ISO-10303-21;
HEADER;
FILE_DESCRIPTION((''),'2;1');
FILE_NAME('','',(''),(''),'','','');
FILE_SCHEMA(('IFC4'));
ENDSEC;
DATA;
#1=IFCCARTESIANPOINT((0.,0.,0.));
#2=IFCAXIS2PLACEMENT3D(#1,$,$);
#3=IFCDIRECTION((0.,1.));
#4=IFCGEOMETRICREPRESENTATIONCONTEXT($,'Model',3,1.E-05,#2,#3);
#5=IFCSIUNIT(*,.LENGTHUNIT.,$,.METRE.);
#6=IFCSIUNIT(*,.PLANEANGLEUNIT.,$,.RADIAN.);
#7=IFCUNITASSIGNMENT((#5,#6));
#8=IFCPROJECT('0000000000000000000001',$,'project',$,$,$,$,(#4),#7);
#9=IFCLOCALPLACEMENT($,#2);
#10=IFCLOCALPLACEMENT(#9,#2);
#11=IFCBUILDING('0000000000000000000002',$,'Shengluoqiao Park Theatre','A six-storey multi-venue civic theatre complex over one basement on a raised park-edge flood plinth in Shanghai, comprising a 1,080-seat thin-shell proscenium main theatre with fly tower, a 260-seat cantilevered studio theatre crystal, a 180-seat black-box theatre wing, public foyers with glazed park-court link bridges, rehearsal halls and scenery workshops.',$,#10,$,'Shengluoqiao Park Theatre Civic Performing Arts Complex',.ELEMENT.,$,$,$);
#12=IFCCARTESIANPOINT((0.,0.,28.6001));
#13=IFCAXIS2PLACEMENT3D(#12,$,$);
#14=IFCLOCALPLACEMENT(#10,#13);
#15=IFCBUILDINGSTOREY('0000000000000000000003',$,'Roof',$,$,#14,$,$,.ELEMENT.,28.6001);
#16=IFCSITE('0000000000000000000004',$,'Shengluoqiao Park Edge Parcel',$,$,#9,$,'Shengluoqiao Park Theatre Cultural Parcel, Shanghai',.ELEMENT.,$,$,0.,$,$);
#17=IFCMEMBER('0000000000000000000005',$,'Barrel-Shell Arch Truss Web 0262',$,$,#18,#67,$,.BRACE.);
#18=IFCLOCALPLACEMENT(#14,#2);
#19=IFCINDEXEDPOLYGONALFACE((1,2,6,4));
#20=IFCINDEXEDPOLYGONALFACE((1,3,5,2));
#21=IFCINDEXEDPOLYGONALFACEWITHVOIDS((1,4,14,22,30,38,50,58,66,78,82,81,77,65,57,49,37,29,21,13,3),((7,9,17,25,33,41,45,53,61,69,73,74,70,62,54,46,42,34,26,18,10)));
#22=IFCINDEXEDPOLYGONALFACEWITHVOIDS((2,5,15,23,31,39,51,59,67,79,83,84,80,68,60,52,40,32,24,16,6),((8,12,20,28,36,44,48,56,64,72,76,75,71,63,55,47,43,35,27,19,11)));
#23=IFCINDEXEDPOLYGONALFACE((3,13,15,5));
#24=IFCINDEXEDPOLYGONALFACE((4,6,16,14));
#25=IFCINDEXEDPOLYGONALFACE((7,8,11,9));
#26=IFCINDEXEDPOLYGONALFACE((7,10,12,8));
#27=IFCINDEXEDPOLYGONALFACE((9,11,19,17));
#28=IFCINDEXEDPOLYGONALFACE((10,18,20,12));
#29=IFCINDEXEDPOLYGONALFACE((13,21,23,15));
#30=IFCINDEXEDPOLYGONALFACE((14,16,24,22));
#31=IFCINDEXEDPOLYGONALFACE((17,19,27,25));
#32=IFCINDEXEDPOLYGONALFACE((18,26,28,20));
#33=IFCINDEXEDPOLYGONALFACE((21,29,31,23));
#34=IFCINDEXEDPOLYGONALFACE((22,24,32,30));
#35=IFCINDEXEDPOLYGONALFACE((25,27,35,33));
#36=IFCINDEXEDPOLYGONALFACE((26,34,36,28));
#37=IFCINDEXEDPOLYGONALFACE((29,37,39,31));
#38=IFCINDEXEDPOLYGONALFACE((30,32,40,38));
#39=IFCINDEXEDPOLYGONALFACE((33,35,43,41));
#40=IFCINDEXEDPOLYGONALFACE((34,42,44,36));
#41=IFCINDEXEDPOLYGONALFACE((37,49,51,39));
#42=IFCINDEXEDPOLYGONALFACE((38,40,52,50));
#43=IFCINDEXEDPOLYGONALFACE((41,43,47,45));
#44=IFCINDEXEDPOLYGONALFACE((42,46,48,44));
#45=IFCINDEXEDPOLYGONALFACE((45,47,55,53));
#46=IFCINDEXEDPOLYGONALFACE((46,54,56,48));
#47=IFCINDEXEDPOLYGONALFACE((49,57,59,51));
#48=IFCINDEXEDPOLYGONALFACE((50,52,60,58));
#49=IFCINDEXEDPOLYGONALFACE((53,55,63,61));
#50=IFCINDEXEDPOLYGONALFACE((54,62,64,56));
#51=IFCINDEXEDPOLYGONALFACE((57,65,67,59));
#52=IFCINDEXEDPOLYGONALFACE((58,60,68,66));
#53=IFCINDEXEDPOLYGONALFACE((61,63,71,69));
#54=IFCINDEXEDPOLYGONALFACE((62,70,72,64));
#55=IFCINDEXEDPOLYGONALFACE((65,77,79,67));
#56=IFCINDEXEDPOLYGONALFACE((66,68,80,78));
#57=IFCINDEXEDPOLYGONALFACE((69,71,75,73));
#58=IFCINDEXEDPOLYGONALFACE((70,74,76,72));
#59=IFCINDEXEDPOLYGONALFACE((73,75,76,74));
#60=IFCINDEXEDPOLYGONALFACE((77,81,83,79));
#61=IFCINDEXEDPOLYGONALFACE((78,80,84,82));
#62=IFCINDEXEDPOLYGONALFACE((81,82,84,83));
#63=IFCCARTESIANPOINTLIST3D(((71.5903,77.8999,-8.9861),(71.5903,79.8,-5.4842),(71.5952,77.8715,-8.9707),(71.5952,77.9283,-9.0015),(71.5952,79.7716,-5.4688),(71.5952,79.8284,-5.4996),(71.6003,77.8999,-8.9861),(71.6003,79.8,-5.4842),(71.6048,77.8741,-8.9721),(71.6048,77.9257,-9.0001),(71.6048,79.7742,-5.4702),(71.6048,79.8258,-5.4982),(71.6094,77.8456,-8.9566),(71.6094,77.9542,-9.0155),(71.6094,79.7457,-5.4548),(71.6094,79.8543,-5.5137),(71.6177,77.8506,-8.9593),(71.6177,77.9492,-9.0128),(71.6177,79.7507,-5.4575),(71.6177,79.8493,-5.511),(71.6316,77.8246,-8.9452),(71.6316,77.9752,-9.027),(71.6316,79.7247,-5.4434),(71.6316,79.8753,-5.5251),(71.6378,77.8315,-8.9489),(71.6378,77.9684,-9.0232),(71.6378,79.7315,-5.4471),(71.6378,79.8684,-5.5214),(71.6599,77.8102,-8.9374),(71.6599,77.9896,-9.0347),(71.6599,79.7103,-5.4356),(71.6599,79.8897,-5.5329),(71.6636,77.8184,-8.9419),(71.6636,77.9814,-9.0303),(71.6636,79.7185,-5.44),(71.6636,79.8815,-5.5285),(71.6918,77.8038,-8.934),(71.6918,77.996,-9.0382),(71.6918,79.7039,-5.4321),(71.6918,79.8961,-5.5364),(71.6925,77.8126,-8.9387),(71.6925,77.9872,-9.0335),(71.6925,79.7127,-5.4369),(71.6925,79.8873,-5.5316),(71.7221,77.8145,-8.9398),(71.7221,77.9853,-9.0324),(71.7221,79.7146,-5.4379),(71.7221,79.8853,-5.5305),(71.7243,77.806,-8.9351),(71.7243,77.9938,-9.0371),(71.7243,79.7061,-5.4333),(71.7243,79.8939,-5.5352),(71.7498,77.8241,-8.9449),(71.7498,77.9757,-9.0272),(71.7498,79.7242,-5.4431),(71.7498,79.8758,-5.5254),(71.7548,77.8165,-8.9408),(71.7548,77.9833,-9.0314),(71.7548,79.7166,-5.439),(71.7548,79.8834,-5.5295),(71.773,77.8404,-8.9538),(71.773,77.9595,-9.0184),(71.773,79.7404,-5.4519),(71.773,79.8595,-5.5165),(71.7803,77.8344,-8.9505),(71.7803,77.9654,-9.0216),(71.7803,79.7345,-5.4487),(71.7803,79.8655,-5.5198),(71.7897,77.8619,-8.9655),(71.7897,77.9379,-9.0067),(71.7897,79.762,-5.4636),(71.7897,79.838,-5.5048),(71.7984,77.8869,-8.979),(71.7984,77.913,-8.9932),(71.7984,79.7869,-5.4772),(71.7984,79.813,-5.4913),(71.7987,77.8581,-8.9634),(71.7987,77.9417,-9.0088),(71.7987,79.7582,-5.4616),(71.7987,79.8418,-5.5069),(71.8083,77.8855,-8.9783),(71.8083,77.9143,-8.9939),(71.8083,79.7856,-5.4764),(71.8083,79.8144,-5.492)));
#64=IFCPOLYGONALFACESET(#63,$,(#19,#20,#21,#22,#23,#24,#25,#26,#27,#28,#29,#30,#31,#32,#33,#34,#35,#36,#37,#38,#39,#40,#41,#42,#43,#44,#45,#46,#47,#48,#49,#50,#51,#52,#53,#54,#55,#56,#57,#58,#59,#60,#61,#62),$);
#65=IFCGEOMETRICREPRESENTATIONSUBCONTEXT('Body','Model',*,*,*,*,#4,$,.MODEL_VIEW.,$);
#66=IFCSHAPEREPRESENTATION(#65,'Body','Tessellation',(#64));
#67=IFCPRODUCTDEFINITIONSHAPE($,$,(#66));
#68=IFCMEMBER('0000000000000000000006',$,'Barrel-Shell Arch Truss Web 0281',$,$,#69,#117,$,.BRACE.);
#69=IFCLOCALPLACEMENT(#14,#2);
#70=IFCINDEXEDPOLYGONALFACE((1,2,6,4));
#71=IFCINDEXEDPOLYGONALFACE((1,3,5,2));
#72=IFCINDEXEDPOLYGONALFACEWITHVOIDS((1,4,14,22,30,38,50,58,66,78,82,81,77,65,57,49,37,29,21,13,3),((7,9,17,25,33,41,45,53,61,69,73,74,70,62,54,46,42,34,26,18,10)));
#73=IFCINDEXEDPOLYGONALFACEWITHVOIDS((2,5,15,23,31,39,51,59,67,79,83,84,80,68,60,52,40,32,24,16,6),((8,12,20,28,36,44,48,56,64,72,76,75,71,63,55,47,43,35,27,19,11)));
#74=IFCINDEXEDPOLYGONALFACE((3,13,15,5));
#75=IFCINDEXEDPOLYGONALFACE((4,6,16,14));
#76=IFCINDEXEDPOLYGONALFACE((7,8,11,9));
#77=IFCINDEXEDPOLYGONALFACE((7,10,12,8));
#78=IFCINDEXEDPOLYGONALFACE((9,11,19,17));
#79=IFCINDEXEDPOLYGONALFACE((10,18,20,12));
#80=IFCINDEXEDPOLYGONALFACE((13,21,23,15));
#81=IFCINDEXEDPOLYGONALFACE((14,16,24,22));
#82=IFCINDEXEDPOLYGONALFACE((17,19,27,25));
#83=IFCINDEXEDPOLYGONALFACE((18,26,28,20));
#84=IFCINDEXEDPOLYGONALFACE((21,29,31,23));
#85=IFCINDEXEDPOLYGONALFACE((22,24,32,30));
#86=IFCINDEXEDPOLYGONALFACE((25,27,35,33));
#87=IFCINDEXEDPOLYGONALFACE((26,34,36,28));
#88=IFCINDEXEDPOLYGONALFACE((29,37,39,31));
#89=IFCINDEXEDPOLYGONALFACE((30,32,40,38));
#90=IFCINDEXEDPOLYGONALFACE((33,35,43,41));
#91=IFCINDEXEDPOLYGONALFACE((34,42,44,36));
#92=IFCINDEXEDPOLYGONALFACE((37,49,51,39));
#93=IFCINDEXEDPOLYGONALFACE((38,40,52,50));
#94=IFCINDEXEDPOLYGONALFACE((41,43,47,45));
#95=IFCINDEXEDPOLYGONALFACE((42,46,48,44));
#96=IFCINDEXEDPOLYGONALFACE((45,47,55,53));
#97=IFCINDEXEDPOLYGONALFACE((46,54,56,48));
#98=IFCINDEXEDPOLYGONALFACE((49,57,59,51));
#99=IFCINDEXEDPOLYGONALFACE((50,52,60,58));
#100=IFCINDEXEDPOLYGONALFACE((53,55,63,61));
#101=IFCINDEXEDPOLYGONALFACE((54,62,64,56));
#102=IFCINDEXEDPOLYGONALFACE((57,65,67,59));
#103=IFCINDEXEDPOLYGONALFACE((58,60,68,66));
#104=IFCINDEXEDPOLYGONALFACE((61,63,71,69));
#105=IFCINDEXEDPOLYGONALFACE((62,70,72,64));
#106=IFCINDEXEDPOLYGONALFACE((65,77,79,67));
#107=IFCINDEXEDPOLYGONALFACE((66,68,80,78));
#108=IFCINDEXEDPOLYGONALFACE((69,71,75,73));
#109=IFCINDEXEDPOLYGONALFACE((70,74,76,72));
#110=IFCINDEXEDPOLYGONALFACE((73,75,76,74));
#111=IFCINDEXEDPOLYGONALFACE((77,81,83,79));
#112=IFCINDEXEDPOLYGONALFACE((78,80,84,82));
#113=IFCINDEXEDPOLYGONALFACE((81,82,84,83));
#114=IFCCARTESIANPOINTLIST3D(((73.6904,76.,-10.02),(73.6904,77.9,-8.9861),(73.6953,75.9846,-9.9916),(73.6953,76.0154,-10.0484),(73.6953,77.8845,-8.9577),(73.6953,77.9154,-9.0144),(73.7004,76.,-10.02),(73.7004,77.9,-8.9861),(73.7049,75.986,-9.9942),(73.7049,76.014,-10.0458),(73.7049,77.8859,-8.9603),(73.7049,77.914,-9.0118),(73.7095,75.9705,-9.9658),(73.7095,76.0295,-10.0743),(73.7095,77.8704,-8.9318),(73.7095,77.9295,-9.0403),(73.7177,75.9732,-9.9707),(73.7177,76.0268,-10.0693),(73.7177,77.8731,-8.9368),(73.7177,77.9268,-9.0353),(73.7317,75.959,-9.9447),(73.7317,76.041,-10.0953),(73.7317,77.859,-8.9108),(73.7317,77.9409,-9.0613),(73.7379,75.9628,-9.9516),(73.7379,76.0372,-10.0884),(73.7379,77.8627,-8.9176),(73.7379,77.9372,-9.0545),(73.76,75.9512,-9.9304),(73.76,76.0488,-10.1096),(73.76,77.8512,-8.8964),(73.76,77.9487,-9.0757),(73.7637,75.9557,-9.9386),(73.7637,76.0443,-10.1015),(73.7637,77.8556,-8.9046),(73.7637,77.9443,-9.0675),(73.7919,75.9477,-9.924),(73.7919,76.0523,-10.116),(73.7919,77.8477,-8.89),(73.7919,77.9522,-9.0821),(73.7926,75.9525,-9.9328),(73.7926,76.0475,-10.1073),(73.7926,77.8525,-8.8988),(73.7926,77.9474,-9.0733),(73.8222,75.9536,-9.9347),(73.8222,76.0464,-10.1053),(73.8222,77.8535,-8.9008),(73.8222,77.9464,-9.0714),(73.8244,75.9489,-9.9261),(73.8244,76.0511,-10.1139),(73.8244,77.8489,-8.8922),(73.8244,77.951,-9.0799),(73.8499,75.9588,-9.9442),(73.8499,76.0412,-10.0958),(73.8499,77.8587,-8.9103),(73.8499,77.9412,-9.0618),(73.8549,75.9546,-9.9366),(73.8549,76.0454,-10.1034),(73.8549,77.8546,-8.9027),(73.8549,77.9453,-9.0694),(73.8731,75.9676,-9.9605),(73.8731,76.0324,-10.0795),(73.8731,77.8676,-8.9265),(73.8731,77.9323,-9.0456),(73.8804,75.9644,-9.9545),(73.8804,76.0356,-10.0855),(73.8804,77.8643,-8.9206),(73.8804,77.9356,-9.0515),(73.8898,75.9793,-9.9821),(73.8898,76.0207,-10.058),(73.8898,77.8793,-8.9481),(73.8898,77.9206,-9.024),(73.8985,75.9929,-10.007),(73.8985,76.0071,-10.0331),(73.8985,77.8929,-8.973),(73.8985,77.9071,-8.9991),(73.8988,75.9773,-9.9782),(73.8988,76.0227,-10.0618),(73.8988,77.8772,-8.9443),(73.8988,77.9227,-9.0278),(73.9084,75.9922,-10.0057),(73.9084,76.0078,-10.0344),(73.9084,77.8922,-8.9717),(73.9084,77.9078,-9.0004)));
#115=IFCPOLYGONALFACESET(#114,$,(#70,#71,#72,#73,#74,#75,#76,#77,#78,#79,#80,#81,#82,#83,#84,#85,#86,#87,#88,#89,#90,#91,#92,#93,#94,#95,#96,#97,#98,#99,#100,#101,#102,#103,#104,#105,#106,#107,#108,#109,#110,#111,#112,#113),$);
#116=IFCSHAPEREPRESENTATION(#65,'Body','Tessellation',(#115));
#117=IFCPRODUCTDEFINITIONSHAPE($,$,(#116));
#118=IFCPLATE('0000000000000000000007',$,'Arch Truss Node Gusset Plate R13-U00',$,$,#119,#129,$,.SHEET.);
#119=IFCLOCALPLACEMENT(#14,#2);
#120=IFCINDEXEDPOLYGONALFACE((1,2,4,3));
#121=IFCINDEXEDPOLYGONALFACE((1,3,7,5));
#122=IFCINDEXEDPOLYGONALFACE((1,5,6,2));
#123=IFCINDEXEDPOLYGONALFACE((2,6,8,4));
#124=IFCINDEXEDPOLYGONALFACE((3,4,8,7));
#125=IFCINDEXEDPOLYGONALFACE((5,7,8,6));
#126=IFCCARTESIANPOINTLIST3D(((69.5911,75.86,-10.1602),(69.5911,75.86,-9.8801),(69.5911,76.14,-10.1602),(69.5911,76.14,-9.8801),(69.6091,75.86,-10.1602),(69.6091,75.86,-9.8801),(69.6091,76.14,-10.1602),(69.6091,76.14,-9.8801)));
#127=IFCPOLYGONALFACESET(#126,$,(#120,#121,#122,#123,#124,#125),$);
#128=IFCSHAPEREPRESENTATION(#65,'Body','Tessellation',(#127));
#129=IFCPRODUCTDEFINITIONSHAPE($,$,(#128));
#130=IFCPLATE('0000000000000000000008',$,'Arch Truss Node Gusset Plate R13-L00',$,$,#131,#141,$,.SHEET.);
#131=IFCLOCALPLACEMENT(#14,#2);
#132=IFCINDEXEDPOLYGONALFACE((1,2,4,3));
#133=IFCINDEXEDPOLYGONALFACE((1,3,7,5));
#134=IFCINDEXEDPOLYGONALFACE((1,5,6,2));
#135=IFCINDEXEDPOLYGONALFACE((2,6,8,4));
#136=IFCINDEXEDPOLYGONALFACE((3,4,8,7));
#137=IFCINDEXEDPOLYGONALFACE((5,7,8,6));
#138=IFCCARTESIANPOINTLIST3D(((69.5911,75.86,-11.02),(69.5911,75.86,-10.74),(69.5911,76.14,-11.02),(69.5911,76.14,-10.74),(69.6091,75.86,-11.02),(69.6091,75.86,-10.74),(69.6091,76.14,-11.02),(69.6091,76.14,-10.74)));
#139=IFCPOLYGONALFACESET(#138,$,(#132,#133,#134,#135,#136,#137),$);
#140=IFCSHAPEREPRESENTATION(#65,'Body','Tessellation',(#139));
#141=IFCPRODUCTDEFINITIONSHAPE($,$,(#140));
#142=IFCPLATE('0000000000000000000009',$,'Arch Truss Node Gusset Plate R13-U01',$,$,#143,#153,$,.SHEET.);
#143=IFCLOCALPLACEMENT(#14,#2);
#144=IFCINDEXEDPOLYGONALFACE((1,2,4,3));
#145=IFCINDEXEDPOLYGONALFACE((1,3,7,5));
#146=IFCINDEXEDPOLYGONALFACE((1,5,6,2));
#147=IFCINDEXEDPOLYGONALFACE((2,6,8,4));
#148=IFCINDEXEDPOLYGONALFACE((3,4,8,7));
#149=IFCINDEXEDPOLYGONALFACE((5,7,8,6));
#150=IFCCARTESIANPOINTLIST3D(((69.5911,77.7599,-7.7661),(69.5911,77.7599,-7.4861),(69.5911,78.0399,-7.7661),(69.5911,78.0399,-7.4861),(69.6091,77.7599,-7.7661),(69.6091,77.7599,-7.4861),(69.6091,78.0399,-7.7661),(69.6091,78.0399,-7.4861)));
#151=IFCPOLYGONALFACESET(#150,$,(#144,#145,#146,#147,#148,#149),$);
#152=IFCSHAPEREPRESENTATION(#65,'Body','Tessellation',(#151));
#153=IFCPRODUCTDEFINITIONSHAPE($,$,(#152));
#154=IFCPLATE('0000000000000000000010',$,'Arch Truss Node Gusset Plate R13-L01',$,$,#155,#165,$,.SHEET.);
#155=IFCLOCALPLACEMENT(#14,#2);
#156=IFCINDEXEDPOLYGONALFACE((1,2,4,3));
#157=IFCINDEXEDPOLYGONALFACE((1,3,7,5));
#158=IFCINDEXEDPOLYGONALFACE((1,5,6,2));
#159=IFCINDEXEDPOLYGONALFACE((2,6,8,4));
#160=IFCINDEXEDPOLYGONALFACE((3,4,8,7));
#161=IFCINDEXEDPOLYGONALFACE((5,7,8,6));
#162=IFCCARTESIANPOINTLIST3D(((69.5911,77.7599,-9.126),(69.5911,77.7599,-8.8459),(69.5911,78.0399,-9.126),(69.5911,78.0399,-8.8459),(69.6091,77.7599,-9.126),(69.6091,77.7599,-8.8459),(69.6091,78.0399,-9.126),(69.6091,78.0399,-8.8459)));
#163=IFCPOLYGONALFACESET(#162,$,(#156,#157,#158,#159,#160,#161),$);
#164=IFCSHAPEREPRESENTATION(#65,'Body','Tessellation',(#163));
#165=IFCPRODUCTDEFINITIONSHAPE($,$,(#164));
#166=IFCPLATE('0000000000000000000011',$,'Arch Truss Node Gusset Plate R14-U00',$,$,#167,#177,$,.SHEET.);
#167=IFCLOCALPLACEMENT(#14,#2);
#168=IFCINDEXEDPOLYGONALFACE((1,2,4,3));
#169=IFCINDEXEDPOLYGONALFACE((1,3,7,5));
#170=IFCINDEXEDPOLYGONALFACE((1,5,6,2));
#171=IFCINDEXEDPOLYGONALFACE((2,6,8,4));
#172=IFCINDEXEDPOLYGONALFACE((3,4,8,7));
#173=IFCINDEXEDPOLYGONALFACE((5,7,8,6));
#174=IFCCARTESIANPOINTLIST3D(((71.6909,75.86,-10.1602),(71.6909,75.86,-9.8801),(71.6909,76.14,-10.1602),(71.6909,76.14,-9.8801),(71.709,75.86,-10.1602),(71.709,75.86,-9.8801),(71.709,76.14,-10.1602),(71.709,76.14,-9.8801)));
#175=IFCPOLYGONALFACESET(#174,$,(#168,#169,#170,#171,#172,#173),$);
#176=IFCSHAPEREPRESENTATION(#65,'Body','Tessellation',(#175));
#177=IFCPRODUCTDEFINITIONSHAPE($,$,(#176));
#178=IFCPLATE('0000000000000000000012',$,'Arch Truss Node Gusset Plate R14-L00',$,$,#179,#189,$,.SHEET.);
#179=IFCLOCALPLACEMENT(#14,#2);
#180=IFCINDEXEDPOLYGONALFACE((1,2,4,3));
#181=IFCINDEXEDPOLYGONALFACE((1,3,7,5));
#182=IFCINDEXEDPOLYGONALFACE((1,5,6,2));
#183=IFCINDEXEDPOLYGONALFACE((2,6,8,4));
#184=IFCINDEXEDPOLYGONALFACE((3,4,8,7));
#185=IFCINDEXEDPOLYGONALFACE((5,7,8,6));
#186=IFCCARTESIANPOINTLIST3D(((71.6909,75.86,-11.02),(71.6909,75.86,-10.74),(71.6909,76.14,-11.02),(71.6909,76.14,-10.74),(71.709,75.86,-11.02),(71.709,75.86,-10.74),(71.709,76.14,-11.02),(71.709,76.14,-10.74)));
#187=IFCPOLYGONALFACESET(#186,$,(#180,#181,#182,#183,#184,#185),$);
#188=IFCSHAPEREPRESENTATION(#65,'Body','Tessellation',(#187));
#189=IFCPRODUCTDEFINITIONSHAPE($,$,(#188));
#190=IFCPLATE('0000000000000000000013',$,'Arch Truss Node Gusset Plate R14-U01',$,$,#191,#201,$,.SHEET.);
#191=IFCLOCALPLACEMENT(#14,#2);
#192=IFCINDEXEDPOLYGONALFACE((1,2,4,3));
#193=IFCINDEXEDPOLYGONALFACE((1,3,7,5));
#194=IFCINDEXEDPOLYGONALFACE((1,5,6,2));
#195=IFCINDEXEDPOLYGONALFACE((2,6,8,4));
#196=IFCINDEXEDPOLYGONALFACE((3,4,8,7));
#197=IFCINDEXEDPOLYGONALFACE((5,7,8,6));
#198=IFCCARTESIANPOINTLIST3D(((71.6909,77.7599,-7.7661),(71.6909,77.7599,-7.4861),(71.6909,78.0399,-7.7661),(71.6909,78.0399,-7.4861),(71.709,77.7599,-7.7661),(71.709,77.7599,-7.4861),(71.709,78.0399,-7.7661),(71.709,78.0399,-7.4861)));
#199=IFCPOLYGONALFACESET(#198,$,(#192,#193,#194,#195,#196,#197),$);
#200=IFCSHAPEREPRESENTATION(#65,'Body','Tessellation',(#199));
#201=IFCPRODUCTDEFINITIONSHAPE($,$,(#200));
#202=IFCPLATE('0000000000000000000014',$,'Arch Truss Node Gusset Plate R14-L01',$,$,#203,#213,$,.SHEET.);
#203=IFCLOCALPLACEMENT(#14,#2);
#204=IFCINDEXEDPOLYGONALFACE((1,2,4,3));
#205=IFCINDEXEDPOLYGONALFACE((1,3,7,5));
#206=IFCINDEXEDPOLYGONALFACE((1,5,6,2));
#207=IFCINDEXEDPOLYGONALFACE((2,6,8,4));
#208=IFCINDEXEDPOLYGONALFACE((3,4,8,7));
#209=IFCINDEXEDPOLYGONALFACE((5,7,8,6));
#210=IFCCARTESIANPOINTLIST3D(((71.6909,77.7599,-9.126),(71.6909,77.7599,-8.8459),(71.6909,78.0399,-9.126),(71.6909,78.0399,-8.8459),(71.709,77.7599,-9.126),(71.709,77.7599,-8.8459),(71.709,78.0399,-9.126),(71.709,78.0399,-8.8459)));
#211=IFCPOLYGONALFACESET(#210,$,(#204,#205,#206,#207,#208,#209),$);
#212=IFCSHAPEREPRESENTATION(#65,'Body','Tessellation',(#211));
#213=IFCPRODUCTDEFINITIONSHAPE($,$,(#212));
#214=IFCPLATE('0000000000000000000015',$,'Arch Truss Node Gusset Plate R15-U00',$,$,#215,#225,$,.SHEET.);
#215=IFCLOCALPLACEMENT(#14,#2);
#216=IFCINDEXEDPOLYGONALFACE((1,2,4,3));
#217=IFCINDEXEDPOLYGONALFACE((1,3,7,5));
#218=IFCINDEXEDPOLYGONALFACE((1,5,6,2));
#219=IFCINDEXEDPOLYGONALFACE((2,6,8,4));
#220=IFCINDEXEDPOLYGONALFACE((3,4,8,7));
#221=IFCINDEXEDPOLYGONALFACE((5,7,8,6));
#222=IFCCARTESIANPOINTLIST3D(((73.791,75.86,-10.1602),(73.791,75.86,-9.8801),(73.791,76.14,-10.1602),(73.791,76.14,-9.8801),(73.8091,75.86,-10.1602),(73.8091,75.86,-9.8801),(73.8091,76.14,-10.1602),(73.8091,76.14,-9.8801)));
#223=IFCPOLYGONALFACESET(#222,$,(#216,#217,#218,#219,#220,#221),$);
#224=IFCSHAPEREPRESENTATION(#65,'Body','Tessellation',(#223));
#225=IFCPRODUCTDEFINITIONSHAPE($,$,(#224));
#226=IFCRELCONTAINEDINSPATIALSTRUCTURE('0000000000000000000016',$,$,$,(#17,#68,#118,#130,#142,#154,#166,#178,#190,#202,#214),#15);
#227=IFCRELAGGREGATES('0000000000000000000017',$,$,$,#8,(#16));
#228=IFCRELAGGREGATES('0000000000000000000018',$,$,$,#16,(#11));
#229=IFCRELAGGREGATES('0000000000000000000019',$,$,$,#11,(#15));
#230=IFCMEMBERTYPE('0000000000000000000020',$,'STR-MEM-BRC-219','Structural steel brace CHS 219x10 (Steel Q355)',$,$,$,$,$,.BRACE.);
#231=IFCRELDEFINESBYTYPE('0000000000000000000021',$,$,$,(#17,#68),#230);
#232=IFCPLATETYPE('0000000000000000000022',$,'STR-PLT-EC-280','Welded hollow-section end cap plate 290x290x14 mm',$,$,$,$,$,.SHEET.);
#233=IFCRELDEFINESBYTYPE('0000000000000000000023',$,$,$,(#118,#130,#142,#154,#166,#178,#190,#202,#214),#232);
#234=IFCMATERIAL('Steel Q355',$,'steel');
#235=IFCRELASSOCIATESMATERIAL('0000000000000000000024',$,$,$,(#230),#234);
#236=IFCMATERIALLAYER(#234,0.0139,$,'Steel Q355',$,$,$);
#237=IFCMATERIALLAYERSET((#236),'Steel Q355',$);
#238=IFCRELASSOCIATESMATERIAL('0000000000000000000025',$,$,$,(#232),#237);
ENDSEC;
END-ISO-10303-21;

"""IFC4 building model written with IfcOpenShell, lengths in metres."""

from ifc_helpers import new_model, si_unit, direction, frame, origin, origin_2d, place, context, subcontext, project, spatial, rectangle, hollow_circle, extrude, material, layer, layer_set, material_profile, profile_set, type_object, element, save


model = new_model("IFC4")

# Units and contexts
model_context = context("Model", 3, precision=1e-05, world=origin(), true_north=direction((0.0, 1.0)))
body_context = subcontext(model_context, "Body", "Model", "MODEL_VIEW")
ifc_project = project(units=[si_unit("LENGTHUNIT", "METRE"), si_unit("PLANEANGLEUNIT", "RADIAN")], contexts=[model_context])

# Site, building, storey
site_placement = place(None, origin())
site = spatial("IfcSite", under=ifc_project, at=site_placement, Name="Shengluoqiao Park Edge Parcel", LongName="Shengluoqiao Park Theatre Cultural Parcel, Shanghai", CompositionType="ELEMENT", RefElevation=0.0)
building_placement = place(site_placement, origin())
building = spatial("IfcBuilding", under=site, at=building_placement, Name="Shengluoqiao Park Theatre", Description="A six-storey multi-venue civic theatre complex over one basement on a raised park-edge flood plinth in Shanghai, comprising a 1,080-seat thin-shell proscenium main theatre with fly tower, a 260-seat cantilevered studio theatre crystal, a 180-seat black-box theatre wing, public foyers with glazed park-court link bridges, rehearsal halls and scenery workshops.", LongName="Shengluoqiao Park Theatre Civic Performing Arts Complex", CompositionType="ELEMENT")
storey_placement = place(building_placement, frame((0.0, 0.0, 28.6001)))
storey = spatial("IfcBuildingStorey", under=building, at=storey_placement, Name="Roof", CompositionType="ELEMENT", Elevation=28.6001)

# Shared definitions
ifc_material_1 = material(Name="Steel Q355", Category="steel")

# Members
ifc_material_profile_1 = material_profile(ifc_material_1, hollow_circle(Radius=0.1096, WallThickness=0.01, at=origin_2d()), Name="CHS 219x10")
ifc_profile_set_1 = profile_set([ifc_material_profile_1], Name="Steel Q355")
member_type = type_object("IfcMemberType", Name="STR-MEM-BRC-219", Description="Structural steel brace CHS 219x10 (Steel Q355)", PredefinedType="BRACE", material=ifc_profile_set_1)
member_1_placement = place(storey_placement, frame((71.7, 77.8999, -8.9861), z_axis=(0.0, 0.476915, 0.87895), x_axis=(-1.0, 0.0, 0.0)))
element("IfcMember", 1, at=member_1_placement, inside=storey, type_object=member_type, Name="Barrel-Shell Arch Truss Web 0262", PredefinedType="BRACE", context=body_context, shape_type="SweptSolid", body=[
    extrude(hollow_circle(Radius=0.1096, WallThickness=0.01, at=origin_2d()), origin(), (0.0, 0.0, 1.0), 3.9841),
])
member_2_placement = place(storey_placement, frame((73.8, 76.0, -10.02), z_axis=(0.0, 0.878357, 0.478006), x_axis=(-1.0, 0.0, 0.0)))
element("IfcMember", 2, at=member_2_placement, inside=storey, type_object=member_type, Name="Barrel-Shell Arch Truss Web 0281", PredefinedType="BRACE", context=body_context, shape_type="SweptSolid", body=[
    extrude(hollow_circle(Radius=0.1096, WallThickness=0.01, at=origin_2d()), origin(), (0.0, 0.0, 1.0), 2.1631),
])

# Plates
ifc_layer_1 = layer(ifc_material_1, 0.0139, Name="Steel Q355")
ifc_layer_set_1 = layer_set([ifc_layer_1], Name="Steel Q355")
plate_type_1 = type_object("IfcPlateType", Name="STR-PLT-EC-280", Description="Welded hollow-section end cap plate 290x290x14 mm", PredefinedType="SHEET", material=ifc_layer_set_1)
for number, where, z_axis, x_axis, name in (
    (3, (69.6001, 76.0, -10.1602), (0.0, 0.0, 1.0), (1.0, 0.0, 0.0), "Arch Truss Node Gusset Plate R13-U00"),
    (4, (69.6001, 76.0, -11.02), (0.0, 0.0, 1.0), (1.0, 0.0, 0.0), "Arch Truss Node Gusset Plate R13-L00"),
    (5, (69.6001, 77.8999, -7.7661), (0.0, 0.0, 1.0), (1.0, 0.0, 0.0), "Arch Truss Node Gusset Plate R13-U01"),
    (6, (69.6001, 77.8999, -9.126), (0.0, 0.0, 1.0), (1.0, 0.0, 0.0), "Arch Truss Node Gusset Plate R13-L01"),
    (7, (71.7, 76.0, -10.1602), (0.0, 0.0, 1.0), (1.0, 0.0, 0.0), "Arch Truss Node Gusset Plate R14-U00"),
    (8, (71.7, 76.0, -11.02), (0.0, 0.0, 1.0), (1.0, 0.0, 0.0), "Arch Truss Node Gusset Plate R14-L00"),
    (9, (71.7, 77.8999, -7.7661), (0.0, 0.0, 1.0), (1.0, 0.0, 0.0), "Arch Truss Node Gusset Plate R14-U01"),
    (10, (71.7, 77.8999, -9.126), (0.0, 0.0, 1.0), (1.0, 0.0, 0.0), "Arch Truss Node Gusset Plate R14-L01"),
    (11, (73.8, 76.0, -10.1602), (0.0, 0.0, 1.0), (1.0, 0.0, 0.0), "Arch Truss Node Gusset Plate R15-U00"),
):
    element("IfcPlate", number, at=place(storey_placement, frame(where, z_axis=z_axis, x_axis=x_axis)), inside=storey, type_object=plate_type_1, Name=name, PredefinedType="SHEET", context=body_context, shape_type="SweptSolid", body=[
        extrude(rectangle(XDim=0.0181, YDim=0.28, at=origin_2d()), origin(), (0.0, 0.0, 1.0), 0.28),
    ])

save(model, "model.ifc")
